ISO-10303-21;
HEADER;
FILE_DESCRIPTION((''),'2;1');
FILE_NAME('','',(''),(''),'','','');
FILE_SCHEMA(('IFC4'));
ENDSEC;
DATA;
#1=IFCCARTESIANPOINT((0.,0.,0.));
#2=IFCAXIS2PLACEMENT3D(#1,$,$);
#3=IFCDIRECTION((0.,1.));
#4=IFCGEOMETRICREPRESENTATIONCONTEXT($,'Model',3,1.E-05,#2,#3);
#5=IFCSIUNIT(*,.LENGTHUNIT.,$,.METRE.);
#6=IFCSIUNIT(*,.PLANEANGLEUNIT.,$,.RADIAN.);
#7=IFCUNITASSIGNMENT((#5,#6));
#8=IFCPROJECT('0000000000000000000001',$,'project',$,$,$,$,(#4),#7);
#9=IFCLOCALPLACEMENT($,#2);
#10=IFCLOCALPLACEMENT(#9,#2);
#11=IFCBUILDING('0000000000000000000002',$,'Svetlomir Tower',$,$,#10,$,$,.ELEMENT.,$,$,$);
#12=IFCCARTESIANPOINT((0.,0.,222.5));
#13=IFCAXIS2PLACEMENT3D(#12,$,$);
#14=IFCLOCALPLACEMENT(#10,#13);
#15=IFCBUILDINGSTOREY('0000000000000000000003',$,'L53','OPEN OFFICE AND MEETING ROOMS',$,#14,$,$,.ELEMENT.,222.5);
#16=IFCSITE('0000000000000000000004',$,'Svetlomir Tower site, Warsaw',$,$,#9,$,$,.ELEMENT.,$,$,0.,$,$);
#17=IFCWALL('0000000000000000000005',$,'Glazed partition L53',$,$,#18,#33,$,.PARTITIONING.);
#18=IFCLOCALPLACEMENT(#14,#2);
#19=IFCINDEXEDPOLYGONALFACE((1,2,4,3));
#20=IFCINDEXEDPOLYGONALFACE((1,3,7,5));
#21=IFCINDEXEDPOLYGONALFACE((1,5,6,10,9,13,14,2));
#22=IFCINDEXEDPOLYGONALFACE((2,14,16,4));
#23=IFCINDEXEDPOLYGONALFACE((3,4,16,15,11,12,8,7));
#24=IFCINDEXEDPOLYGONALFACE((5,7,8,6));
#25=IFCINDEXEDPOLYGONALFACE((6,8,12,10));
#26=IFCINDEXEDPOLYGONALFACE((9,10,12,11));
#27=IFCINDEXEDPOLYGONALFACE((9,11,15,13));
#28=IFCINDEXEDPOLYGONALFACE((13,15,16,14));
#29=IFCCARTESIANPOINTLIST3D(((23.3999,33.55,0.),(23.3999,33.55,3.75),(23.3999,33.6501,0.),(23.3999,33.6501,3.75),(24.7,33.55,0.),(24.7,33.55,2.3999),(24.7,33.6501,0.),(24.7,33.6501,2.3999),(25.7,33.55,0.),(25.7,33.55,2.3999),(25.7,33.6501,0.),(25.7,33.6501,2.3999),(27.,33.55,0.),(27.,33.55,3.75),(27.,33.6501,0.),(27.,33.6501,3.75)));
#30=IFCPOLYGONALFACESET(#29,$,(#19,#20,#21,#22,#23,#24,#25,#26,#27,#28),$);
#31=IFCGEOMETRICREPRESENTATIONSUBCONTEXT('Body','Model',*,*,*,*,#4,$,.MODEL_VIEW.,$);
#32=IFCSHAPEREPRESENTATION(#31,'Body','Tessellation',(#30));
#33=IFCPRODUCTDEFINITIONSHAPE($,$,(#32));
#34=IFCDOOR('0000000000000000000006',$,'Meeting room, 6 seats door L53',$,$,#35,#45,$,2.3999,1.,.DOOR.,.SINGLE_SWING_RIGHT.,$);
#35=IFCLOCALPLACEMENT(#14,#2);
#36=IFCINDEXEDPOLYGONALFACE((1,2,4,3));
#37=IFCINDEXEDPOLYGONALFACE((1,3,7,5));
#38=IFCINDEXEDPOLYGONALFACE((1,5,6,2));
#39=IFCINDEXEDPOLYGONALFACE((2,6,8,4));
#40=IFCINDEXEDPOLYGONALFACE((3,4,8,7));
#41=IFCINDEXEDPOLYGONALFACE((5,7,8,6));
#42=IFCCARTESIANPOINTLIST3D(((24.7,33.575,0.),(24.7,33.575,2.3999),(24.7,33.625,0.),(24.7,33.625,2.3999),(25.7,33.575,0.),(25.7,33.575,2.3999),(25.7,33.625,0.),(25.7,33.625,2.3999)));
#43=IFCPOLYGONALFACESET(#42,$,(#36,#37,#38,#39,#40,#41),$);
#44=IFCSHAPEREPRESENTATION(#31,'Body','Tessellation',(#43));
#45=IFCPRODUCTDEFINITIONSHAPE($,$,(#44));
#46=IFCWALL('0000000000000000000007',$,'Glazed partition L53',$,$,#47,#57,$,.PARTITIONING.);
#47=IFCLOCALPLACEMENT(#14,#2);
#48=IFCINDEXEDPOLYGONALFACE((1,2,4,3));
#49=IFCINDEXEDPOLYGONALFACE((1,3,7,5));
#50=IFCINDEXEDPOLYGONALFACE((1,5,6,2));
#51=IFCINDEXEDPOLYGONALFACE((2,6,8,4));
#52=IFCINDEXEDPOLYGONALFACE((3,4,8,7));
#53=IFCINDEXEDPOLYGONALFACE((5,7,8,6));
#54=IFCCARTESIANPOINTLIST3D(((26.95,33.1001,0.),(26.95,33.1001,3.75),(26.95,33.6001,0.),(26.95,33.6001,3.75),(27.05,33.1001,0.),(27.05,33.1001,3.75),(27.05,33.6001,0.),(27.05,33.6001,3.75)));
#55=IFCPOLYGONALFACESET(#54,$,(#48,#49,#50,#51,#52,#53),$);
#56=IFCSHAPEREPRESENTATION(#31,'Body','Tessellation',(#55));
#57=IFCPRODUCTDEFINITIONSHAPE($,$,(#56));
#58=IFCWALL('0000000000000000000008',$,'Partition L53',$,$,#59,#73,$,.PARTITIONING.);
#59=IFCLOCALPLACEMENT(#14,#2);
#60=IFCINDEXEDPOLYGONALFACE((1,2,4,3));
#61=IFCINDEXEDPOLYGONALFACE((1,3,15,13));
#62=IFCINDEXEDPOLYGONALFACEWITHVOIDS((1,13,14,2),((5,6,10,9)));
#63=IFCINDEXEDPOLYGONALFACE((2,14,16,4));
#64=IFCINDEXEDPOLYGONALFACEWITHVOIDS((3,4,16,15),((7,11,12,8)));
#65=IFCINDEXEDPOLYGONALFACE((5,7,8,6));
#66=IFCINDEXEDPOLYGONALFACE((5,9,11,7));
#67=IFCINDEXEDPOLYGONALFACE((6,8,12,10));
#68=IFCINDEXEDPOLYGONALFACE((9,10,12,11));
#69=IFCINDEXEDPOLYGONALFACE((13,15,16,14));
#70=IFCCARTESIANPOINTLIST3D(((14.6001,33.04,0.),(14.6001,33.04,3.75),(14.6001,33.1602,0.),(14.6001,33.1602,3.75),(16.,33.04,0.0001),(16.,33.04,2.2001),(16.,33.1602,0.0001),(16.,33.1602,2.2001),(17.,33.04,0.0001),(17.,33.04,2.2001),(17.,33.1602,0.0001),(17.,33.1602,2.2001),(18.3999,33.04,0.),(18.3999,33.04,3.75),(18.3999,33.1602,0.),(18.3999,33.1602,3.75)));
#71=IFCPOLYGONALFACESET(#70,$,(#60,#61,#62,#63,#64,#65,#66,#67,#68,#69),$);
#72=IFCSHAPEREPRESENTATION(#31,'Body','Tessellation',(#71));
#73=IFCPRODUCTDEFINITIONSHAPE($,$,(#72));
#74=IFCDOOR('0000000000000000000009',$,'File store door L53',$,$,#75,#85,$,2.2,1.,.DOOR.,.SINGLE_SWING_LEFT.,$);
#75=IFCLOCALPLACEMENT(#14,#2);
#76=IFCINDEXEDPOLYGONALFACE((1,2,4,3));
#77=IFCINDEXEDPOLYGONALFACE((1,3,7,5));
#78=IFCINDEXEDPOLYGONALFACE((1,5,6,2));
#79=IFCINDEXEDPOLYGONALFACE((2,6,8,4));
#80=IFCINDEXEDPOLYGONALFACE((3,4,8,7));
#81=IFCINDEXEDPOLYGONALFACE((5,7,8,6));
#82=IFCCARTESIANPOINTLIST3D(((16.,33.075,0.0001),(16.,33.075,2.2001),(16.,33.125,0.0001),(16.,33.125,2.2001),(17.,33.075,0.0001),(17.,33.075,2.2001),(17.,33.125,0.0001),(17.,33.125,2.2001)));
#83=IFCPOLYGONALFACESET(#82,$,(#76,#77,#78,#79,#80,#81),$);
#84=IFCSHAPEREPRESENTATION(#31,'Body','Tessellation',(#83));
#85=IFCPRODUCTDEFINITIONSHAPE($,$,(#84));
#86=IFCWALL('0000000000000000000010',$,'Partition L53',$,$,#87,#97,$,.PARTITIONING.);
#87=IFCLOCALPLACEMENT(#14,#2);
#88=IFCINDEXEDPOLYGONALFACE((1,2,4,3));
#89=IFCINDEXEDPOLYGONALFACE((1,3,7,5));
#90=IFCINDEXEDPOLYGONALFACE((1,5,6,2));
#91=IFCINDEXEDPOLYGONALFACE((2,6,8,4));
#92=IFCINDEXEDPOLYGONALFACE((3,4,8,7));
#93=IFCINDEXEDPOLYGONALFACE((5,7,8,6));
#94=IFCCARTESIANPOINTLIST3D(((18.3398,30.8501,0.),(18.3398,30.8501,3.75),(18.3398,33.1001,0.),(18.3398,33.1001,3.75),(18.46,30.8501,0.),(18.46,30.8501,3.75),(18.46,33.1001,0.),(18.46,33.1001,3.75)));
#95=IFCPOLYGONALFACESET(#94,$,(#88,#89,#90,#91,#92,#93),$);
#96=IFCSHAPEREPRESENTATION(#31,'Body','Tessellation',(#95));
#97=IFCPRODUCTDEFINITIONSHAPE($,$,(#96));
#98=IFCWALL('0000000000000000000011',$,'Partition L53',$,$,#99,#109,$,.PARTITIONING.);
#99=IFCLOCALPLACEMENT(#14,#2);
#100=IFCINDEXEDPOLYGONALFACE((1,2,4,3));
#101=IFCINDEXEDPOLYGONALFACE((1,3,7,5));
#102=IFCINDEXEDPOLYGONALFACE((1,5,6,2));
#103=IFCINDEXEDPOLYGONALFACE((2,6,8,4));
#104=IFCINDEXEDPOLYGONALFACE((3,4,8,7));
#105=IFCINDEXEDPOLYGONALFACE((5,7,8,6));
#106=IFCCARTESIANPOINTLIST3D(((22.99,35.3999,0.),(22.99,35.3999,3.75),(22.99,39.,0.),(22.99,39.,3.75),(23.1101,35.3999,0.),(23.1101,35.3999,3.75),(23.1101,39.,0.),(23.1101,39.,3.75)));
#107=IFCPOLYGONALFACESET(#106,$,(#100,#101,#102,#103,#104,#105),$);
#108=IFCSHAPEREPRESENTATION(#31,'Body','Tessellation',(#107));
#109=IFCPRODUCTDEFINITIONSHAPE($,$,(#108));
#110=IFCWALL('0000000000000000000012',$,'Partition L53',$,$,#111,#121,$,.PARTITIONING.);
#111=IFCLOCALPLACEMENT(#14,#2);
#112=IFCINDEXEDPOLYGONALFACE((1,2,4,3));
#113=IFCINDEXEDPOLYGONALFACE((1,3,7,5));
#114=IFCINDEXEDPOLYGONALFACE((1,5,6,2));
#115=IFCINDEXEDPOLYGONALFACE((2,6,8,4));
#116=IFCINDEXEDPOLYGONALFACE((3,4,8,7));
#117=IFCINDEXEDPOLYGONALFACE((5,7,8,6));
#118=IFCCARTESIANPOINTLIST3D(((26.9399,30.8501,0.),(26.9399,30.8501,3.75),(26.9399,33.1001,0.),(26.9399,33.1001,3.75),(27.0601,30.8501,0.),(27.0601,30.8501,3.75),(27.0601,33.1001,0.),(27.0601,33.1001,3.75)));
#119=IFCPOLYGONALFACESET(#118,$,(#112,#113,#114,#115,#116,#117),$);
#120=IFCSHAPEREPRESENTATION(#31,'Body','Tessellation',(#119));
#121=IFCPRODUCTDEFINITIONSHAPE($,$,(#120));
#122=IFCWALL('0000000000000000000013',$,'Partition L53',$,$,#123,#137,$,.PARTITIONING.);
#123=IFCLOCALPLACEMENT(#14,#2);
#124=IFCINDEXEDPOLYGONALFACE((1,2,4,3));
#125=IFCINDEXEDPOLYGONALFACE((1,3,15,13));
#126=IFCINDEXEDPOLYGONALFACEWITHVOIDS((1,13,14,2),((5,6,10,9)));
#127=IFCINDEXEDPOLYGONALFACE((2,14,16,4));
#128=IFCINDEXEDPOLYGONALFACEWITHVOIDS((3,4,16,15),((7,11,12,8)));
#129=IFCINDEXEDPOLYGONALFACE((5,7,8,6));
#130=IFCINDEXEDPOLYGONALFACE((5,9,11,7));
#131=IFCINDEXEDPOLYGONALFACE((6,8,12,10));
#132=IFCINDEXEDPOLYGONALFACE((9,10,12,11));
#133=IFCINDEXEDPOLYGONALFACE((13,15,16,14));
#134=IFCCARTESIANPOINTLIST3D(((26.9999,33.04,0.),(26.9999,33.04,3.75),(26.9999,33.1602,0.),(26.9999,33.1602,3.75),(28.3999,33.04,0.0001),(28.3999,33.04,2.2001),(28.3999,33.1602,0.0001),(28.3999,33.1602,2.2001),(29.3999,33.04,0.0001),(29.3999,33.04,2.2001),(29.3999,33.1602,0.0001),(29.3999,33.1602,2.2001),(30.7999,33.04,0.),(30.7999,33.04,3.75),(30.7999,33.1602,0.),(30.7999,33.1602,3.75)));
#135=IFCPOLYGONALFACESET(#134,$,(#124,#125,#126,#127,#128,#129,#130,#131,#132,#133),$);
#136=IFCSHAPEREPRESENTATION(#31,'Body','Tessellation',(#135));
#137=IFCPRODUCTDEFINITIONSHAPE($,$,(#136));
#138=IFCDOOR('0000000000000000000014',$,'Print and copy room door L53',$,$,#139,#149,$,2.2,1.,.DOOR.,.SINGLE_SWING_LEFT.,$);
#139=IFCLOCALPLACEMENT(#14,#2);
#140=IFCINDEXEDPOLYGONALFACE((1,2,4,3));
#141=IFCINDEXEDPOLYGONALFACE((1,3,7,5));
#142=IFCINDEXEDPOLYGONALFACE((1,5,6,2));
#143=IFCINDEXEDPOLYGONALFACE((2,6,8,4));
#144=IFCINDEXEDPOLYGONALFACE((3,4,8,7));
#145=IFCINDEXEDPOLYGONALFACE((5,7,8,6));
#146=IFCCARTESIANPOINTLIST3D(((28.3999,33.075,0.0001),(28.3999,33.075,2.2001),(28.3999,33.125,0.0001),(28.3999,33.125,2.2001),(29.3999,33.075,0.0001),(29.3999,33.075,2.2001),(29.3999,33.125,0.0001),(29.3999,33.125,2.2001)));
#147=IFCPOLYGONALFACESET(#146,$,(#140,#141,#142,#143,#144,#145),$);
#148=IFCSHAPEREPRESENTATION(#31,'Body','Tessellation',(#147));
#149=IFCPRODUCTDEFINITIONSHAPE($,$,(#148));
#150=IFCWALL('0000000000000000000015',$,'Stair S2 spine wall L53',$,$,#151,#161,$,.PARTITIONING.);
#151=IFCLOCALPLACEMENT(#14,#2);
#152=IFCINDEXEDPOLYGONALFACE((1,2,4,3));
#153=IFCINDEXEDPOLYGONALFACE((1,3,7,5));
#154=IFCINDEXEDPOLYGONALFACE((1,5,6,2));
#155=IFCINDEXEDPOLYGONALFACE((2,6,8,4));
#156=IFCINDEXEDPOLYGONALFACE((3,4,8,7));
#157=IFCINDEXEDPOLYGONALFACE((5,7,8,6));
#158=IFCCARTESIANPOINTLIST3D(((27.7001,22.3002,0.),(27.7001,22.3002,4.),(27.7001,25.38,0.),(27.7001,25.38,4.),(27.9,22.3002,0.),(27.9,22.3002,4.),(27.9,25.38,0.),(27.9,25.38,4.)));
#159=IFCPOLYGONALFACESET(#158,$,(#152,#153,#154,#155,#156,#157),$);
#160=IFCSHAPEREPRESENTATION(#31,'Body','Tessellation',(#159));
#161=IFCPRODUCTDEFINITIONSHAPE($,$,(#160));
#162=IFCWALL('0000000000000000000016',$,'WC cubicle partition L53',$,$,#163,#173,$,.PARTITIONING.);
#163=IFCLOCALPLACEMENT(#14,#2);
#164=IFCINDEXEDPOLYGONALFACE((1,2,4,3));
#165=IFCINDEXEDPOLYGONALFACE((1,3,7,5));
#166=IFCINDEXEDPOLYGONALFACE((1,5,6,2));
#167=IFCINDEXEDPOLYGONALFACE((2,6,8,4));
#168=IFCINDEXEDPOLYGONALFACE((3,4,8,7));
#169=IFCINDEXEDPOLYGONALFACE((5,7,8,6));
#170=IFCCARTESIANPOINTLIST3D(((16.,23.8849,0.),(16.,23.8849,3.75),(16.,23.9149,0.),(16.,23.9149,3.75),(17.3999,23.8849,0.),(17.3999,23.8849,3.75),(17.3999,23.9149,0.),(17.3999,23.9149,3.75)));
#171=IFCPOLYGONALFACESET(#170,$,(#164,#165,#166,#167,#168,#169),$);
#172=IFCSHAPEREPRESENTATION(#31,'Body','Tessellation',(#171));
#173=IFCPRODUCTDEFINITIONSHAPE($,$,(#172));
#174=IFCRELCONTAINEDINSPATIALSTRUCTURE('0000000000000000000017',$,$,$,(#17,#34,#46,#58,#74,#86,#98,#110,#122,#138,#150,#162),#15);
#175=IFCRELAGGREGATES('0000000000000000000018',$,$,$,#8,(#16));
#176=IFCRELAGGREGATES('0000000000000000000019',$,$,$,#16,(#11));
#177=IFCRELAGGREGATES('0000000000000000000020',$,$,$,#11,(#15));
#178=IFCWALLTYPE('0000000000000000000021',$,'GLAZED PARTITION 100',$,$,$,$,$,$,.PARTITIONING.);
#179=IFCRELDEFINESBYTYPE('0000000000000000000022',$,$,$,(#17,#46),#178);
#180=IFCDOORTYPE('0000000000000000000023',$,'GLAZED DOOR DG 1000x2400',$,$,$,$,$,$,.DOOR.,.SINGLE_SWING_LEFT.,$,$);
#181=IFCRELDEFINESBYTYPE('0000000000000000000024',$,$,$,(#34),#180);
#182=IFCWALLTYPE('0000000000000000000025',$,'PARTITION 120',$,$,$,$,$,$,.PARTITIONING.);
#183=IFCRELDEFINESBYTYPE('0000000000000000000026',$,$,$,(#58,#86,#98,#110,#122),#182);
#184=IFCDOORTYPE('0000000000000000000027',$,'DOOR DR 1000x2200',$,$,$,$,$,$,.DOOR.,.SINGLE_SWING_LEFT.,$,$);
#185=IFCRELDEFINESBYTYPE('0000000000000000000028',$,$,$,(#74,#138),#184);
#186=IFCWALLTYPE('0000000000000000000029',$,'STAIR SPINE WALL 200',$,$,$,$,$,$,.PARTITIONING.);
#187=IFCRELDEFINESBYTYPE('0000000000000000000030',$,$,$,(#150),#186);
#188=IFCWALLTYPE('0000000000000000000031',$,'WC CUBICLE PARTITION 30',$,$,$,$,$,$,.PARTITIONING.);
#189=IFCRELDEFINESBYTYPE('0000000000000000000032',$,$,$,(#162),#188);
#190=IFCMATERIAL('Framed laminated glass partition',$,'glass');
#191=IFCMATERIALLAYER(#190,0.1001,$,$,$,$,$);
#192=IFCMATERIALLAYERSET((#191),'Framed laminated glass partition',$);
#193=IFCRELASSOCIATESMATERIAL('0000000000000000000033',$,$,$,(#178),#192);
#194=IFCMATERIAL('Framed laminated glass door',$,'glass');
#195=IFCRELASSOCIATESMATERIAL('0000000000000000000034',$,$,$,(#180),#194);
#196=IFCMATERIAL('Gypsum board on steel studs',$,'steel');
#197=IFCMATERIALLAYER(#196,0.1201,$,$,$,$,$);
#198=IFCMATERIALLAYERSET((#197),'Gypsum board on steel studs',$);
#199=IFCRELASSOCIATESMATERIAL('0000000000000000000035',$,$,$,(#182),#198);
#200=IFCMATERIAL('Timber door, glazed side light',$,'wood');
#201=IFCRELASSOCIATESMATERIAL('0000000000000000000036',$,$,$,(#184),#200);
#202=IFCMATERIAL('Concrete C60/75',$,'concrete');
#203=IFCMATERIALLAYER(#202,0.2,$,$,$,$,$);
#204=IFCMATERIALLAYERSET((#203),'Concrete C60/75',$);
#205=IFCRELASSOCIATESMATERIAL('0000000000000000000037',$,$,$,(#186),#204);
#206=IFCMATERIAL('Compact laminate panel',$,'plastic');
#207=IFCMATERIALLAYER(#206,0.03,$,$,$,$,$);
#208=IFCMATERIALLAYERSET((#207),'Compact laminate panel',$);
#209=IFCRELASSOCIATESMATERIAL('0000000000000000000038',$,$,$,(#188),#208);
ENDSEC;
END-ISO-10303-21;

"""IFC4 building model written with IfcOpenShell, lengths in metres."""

from ifc_helpers import new_model, si_unit, direction, frame, frame_2d, origin, place, context, subcontext, project, spatial, rectangle, extrude, material, layer, layer_set, type_object, element, fill, save


model = new_model("IFC4")

# Units and contexts
model_context = context("Model", 3, precision=1e-05, world=origin(), true_north=direction((0.0, 1.0)))
body_context = subcontext(model_context, "Body", "Model", "MODEL_VIEW")
ifc_project = project(units=[si_unit("LENGTHUNIT", "METRE"), si_unit("PLANEANGLEUNIT", "RADIAN")], contexts=[model_context])

# Site, building, storey
site_placement = place(None, origin())
site = spatial("IfcSite", under=ifc_project, at=site_placement, Name="Svetlomir Tower site, Warsaw", CompositionType="ELEMENT", RefElevation=0.0)
building_placement = place(site_placement, origin())
building = spatial("IfcBuilding", under=site, at=building_placement, Name="Svetlomir Tower", CompositionType="ELEMENT")
storey_placement = place(building_placement, frame((0.0, 0.0, 222.5)))
storey = spatial("IfcBuildingStorey", under=building, at=storey_placement, Name="L53", Description="OPEN OFFICE AND MEETING ROOMS", CompositionType="ELEMENT", Elevation=222.5)

# Shared definitions
ifc_material_1 = material(Name="Framed laminated glass partition", Category="glass")
ifc_layer_1 = layer(ifc_material_1, 0.1001)
ifc_layer_set_1 = layer_set([ifc_layer_1], Name="Framed laminated glass partition")
wall_type_1 = type_object("IfcWallType", Name="GLAZED PARTITION 100", PredefinedType="PARTITIONING", material=ifc_layer_set_1)

# Wall, opening, door
wall_1_placement = place(storey_placement, frame((23.3999, 33.6001, 0.0), z_axis=(0.0, 0.0, 1.0), x_axis=(1.0, 0.0, 0.0)))
wall_1 = element("IfcWall", 1, at=wall_1_placement, inside=storey, type_object=wall_type_1, Name="Glazed partition L53", PredefinedType="PARTITIONING", context=body_context, shape_type="SweptSolid", body=[
    extrude(rectangle(XDim=3.6001, YDim=0.1001, at=frame_2d((1.8, 0.0))), origin(), (0.0, 0.0, 1.0), 3.75),
])
opening_1_placement = place(wall_1_placement, frame((1.3, 0.0, 0.0)))
opening_1 = element("IfcOpeningElement", 2, at=opening_1_placement, cuts=wall_1, PredefinedType="OPENING", context=body_context, shape_type="SweptSolid", body=[
    extrude(rectangle(XDim=1.0, YDim=2.3999, at=frame_2d((0.5, 1.2))), frame((0.0, 0.0601, 0.0), z_axis=(0.0, -1.0, 0.0), x_axis=(1.0, 0.0, 0.0)), (0.0, 0.0, 1.0), 0.1201),
])
ifc_material_2 = material(Name="Framed laminated glass door", Category="glass")
door_type_1 = type_object("IfcDoorType", Name="GLAZED DOOR DG 1000x2400", OperationType="SINGLE_SWING_LEFT", PredefinedType="DOOR", material=ifc_material_2)
door_1_placement = place(opening_1_placement, origin())
door_1 = element("IfcDoor", 3, at=door_1_placement, inside=storey, type_object=door_type_1, Name="Meeting room, 6 seats door L53", OperationType="SINGLE_SWING_RIGHT", OverallHeight=2.3999, OverallWidth=1.0, PredefinedType="DOOR", context=body_context, shape_type="SweptSolid", body=[
    extrude(rectangle(XDim=1.0, YDim=2.3999, at=frame_2d((0.5, 1.2))), frame((0.0, 0.0249, 0.0), z_axis=(0.0, -1.0, 0.0), x_axis=(1.0, 0.0, 0.0)), (0.0, 0.0, 1.0), 0.05),
])
fill(opening_1, door_1)

# Wall
wall_2_placement = place(storey_placement, frame((27.0, 33.1001, 0.0), z_axis=(0.0, 0.0, 1.0), x_axis=(0.0, 1.0, 0.0)))
element("IfcWall", 4, at=wall_2_placement, inside=storey, type_object=wall_type_1, Name="Glazed partition L53", PredefinedType="PARTITIONING", context=body_context, shape_type="SweptSolid", body=[
    extrude(rectangle(XDim=0.5, YDim=0.1001, at=frame_2d((0.25, 0.0))), origin(), (0.0, 0.0, 1.0), 3.75),
])

# Wall, opening, door
ifc_material_3 = material(Name="Gypsum board on steel studs", Category="steel")
ifc_layer_2 = layer(ifc_material_3, 0.1201)
ifc_layer_set_2 = layer_set([ifc_layer_2], Name="Gypsum board on steel studs")
wall_type_2 = type_object("IfcWallType", Name="PARTITION 120", PredefinedType="PARTITIONING", material=ifc_layer_set_2)
wall_3_placement = place(storey_placement, frame((14.6001, 33.1001, 0.0), z_axis=(0.0, 0.0, 1.0), x_axis=(1.0, 0.0, 0.0)))
wall_3 = element("IfcWall", 5, at=wall_3_placement, inside=storey, type_object=wall_type_2, Name="Partition L53", PredefinedType="PARTITIONING", context=body_context, shape_type="SweptSolid", body=[
    extrude(rectangle(XDim=3.7998, YDim=0.1201, at=frame_2d((1.8999, 0.0))), origin(), (0.0, 0.0, 1.0), 3.75),
])
opening_2_placement = place(wall_3_placement, frame((1.3999, 0.0, 0.0)))
opening_2 = element("IfcOpeningElement", 6, at=opening_2_placement, cuts=wall_3, PredefinedType="OPENING", context=body_context, shape_type="SweptSolid", body=[
    extrude(rectangle(XDim=1.0, YDim=2.2, at=frame_2d((0.5, 1.1001))), frame((0.0, 0.0701, 0.0), z_axis=(0.0, -1.0, 0.0), x_axis=(1.0, 0.0, 0.0)), (0.0, 0.0, 1.0), 0.1401),
])
ifc_material_4 = material(Name="Timber door, glazed side light", Category="wood")
door_type_2 = type_object("IfcDoorType", Name="DOOR DR 1000x2200", OperationType="SINGLE_SWING_LEFT", PredefinedType="DOOR", material=ifc_material_4)
door_2_placement = place(opening_2_placement, origin())
door_2 = element("IfcDoor", 7, at=door_2_placement, inside=storey, type_object=door_type_2, Name="File store door L53", OperationType="SINGLE_SWING_LEFT", OverallHeight=2.2, OverallWidth=1.0, PredefinedType="DOOR", context=body_context, shape_type="SweptSolid", body=[
    extrude(rectangle(XDim=1.0, YDim=2.2, at=frame_2d((0.5, 1.1001))), frame((0.0, 0.0249, 0.0), z_axis=(0.0, -1.0, 0.0), x_axis=(1.0, 0.0, 0.0)), (0.0, 0.0, 1.0), 0.05),
])
fill(opening_2, door_2)

# Walls
wall_4_placement = place(storey_placement, frame((18.3999, 30.8501, 0.0), z_axis=(0.0, 0.0, 1.0), x_axis=(0.0, 1.0, 0.0)))
element("IfcWall", 8, at=wall_4_placement, inside=storey, type_object=wall_type_2, Name="Partition L53", PredefinedType="PARTITIONING", context=body_context, shape_type="SweptSolid", body=[
    extrude(rectangle(XDim=2.25, YDim=0.1201, at=frame_2d((1.125, 0.0))), origin(), (0.0, 0.0, 1.0), 3.75),
])
wall_5_placement = place(storey_placement, frame((23.05, 35.3999, 0.0), z_axis=(0.0, 0.0, 1.0), x_axis=(0.0, 1.0, 0.0)))
element("IfcWall", 9, at=wall_5_placement, inside=storey, type_object=wall_type_2, Name="Partition L53", PredefinedType="PARTITIONING", context=body_context, shape_type="SweptSolid", body=[
    extrude(rectangle(XDim=3.6001, YDim=0.1201, at=frame_2d((1.8, 0.0))), origin(), (0.0, 0.0, 1.0), 3.75),
])
wall_6_placement = place(storey_placement, frame((27.0, 30.8501, 0.0), z_axis=(0.0, 0.0, 1.0), x_axis=(0.0, 1.0, 0.0)))
element("IfcWall", 10, at=wall_6_placement, inside=storey, type_object=wall_type_2, Name="Partition L53", PredefinedType="PARTITIONING", context=body_context, shape_type="SweptSolid", body=[
    extrude(rectangle(XDim=2.25, YDim=0.1201, at=frame_2d((1.125, 0.0))), origin(), (0.0, 0.0, 1.0), 3.75),
])

# Wall, opening, door
wall_7_placement = place(storey_placement, frame((27.0, 33.1001, 0.0), z_axis=(0.0, 0.0, 1.0), x_axis=(1.0, 0.0, 0.0)))
wall_7 = element("IfcWall", 11, at=wall_7_placement, inside=storey, type_object=wall_type_2, Name="Partition L53", PredefinedType="PARTITIONING", context=body_context, shape_type="SweptSolid", body=[
    extrude(rectangle(XDim=3.8, YDim=0.1201, at=frame_2d((1.8999, 0.0))), origin(), (0.0, 0.0, 1.0), 3.75),
])
opening_3_placement = place(wall_7_placement, frame((1.3999, 0.0, 0.0)))
opening_3 = element("IfcOpeningElement", 12, at=opening_3_placement, cuts=wall_7, PredefinedType="OPENING", context=body_context, shape_type="SweptSolid", body=[
    extrude(rectangle(XDim=1.0, YDim=2.2, at=frame_2d((0.5, 1.1001))), frame((0.0, 0.0701, 0.0), z_axis=(0.0, -1.0, 0.0), x_axis=(1.0, 0.0, 0.0)), (0.0, 0.0, 1.0), 0.1401),
])
door_3_placement = place(opening_3_placement, origin())
door_3 = element("IfcDoor", 13, at=door_3_placement, inside=storey, type_object=door_type_2, Name="Print and copy room door L53", OperationType="SINGLE_SWING_LEFT", OverallHeight=2.2, OverallWidth=1.0, PredefinedType="DOOR", context=body_context, shape_type="SweptSolid", body=[
    extrude(rectangle(XDim=1.0, YDim=2.2, at=frame_2d((0.5, 1.1001))), frame((0.0, 0.0249, 0.0), z_axis=(0.0, -1.0, 0.0), x_axis=(1.0, 0.0, 0.0)), (0.0, 0.0, 1.0), 0.05),
])
fill(opening_3, door_3)

# Walls
ifc_material_5 = material(Name="Concrete C60/75", Category="concrete")
ifc_layer_3 = layer(ifc_material_5, 0.2)
ifc_layer_set_3 = layer_set([ifc_layer_3], Name="Concrete C60/75")
wall_type_3 = type_object("IfcWallType", Name="STAIR SPINE WALL 200", PredefinedType="PARTITIONING", material=ifc_layer_set_3)
wall_8_placement = place(storey_placement, frame((27.8, 22.3, 0.0), z_axis=(0.0, 0.0, 1.0), x_axis=(0.0, 1.0, 0.0)))
element("IfcWall", 14, at=wall_8_placement, inside=storey, type_object=wall_type_3, Name="Stair S2 spine wall L53", PredefinedType="PARTITIONING", context=body_context, shape_type="SweptSolid", body=[
    extrude(rectangle(XDim=3.0798, YDim=0.2, at=frame_2d((1.54, 0.0))), origin(), (0.0, 0.0, 1.0), 4.0),
])
ifc_material_6 = material(Name="Compact laminate panel", Category="plastic")
ifc_layer_4 = layer(ifc_material_6, 0.03)
ifc_layer_set_4 = layer_set([ifc_layer_4], Name="Compact laminate panel")
wall_type_4 = type_object("IfcWallType", Name="WC CUBICLE PARTITION 30", PredefinedType="PARTITIONING", material=ifc_layer_set_4)
wall_9_placement = place(storey_placement, frame((16.0, 23.8999, 0.0), z_axis=(0.0, 0.0, 1.0), x_axis=(1.0, 0.0, 0.0)))
element("IfcWall", 15, at=wall_9_placement, inside=storey, type_object=wall_type_4, Name="WC cubicle partition L53", PredefinedType="PARTITIONING", context=body_context, shape_type="SweptSolid", body=[
    extrude(rectangle(XDim=1.3999, YDim=0.03, at=frame_2d((0.7, 0.0))), origin(), (0.0, 0.0, 1.0), 3.75),
])

save(model, "model.ifc")
